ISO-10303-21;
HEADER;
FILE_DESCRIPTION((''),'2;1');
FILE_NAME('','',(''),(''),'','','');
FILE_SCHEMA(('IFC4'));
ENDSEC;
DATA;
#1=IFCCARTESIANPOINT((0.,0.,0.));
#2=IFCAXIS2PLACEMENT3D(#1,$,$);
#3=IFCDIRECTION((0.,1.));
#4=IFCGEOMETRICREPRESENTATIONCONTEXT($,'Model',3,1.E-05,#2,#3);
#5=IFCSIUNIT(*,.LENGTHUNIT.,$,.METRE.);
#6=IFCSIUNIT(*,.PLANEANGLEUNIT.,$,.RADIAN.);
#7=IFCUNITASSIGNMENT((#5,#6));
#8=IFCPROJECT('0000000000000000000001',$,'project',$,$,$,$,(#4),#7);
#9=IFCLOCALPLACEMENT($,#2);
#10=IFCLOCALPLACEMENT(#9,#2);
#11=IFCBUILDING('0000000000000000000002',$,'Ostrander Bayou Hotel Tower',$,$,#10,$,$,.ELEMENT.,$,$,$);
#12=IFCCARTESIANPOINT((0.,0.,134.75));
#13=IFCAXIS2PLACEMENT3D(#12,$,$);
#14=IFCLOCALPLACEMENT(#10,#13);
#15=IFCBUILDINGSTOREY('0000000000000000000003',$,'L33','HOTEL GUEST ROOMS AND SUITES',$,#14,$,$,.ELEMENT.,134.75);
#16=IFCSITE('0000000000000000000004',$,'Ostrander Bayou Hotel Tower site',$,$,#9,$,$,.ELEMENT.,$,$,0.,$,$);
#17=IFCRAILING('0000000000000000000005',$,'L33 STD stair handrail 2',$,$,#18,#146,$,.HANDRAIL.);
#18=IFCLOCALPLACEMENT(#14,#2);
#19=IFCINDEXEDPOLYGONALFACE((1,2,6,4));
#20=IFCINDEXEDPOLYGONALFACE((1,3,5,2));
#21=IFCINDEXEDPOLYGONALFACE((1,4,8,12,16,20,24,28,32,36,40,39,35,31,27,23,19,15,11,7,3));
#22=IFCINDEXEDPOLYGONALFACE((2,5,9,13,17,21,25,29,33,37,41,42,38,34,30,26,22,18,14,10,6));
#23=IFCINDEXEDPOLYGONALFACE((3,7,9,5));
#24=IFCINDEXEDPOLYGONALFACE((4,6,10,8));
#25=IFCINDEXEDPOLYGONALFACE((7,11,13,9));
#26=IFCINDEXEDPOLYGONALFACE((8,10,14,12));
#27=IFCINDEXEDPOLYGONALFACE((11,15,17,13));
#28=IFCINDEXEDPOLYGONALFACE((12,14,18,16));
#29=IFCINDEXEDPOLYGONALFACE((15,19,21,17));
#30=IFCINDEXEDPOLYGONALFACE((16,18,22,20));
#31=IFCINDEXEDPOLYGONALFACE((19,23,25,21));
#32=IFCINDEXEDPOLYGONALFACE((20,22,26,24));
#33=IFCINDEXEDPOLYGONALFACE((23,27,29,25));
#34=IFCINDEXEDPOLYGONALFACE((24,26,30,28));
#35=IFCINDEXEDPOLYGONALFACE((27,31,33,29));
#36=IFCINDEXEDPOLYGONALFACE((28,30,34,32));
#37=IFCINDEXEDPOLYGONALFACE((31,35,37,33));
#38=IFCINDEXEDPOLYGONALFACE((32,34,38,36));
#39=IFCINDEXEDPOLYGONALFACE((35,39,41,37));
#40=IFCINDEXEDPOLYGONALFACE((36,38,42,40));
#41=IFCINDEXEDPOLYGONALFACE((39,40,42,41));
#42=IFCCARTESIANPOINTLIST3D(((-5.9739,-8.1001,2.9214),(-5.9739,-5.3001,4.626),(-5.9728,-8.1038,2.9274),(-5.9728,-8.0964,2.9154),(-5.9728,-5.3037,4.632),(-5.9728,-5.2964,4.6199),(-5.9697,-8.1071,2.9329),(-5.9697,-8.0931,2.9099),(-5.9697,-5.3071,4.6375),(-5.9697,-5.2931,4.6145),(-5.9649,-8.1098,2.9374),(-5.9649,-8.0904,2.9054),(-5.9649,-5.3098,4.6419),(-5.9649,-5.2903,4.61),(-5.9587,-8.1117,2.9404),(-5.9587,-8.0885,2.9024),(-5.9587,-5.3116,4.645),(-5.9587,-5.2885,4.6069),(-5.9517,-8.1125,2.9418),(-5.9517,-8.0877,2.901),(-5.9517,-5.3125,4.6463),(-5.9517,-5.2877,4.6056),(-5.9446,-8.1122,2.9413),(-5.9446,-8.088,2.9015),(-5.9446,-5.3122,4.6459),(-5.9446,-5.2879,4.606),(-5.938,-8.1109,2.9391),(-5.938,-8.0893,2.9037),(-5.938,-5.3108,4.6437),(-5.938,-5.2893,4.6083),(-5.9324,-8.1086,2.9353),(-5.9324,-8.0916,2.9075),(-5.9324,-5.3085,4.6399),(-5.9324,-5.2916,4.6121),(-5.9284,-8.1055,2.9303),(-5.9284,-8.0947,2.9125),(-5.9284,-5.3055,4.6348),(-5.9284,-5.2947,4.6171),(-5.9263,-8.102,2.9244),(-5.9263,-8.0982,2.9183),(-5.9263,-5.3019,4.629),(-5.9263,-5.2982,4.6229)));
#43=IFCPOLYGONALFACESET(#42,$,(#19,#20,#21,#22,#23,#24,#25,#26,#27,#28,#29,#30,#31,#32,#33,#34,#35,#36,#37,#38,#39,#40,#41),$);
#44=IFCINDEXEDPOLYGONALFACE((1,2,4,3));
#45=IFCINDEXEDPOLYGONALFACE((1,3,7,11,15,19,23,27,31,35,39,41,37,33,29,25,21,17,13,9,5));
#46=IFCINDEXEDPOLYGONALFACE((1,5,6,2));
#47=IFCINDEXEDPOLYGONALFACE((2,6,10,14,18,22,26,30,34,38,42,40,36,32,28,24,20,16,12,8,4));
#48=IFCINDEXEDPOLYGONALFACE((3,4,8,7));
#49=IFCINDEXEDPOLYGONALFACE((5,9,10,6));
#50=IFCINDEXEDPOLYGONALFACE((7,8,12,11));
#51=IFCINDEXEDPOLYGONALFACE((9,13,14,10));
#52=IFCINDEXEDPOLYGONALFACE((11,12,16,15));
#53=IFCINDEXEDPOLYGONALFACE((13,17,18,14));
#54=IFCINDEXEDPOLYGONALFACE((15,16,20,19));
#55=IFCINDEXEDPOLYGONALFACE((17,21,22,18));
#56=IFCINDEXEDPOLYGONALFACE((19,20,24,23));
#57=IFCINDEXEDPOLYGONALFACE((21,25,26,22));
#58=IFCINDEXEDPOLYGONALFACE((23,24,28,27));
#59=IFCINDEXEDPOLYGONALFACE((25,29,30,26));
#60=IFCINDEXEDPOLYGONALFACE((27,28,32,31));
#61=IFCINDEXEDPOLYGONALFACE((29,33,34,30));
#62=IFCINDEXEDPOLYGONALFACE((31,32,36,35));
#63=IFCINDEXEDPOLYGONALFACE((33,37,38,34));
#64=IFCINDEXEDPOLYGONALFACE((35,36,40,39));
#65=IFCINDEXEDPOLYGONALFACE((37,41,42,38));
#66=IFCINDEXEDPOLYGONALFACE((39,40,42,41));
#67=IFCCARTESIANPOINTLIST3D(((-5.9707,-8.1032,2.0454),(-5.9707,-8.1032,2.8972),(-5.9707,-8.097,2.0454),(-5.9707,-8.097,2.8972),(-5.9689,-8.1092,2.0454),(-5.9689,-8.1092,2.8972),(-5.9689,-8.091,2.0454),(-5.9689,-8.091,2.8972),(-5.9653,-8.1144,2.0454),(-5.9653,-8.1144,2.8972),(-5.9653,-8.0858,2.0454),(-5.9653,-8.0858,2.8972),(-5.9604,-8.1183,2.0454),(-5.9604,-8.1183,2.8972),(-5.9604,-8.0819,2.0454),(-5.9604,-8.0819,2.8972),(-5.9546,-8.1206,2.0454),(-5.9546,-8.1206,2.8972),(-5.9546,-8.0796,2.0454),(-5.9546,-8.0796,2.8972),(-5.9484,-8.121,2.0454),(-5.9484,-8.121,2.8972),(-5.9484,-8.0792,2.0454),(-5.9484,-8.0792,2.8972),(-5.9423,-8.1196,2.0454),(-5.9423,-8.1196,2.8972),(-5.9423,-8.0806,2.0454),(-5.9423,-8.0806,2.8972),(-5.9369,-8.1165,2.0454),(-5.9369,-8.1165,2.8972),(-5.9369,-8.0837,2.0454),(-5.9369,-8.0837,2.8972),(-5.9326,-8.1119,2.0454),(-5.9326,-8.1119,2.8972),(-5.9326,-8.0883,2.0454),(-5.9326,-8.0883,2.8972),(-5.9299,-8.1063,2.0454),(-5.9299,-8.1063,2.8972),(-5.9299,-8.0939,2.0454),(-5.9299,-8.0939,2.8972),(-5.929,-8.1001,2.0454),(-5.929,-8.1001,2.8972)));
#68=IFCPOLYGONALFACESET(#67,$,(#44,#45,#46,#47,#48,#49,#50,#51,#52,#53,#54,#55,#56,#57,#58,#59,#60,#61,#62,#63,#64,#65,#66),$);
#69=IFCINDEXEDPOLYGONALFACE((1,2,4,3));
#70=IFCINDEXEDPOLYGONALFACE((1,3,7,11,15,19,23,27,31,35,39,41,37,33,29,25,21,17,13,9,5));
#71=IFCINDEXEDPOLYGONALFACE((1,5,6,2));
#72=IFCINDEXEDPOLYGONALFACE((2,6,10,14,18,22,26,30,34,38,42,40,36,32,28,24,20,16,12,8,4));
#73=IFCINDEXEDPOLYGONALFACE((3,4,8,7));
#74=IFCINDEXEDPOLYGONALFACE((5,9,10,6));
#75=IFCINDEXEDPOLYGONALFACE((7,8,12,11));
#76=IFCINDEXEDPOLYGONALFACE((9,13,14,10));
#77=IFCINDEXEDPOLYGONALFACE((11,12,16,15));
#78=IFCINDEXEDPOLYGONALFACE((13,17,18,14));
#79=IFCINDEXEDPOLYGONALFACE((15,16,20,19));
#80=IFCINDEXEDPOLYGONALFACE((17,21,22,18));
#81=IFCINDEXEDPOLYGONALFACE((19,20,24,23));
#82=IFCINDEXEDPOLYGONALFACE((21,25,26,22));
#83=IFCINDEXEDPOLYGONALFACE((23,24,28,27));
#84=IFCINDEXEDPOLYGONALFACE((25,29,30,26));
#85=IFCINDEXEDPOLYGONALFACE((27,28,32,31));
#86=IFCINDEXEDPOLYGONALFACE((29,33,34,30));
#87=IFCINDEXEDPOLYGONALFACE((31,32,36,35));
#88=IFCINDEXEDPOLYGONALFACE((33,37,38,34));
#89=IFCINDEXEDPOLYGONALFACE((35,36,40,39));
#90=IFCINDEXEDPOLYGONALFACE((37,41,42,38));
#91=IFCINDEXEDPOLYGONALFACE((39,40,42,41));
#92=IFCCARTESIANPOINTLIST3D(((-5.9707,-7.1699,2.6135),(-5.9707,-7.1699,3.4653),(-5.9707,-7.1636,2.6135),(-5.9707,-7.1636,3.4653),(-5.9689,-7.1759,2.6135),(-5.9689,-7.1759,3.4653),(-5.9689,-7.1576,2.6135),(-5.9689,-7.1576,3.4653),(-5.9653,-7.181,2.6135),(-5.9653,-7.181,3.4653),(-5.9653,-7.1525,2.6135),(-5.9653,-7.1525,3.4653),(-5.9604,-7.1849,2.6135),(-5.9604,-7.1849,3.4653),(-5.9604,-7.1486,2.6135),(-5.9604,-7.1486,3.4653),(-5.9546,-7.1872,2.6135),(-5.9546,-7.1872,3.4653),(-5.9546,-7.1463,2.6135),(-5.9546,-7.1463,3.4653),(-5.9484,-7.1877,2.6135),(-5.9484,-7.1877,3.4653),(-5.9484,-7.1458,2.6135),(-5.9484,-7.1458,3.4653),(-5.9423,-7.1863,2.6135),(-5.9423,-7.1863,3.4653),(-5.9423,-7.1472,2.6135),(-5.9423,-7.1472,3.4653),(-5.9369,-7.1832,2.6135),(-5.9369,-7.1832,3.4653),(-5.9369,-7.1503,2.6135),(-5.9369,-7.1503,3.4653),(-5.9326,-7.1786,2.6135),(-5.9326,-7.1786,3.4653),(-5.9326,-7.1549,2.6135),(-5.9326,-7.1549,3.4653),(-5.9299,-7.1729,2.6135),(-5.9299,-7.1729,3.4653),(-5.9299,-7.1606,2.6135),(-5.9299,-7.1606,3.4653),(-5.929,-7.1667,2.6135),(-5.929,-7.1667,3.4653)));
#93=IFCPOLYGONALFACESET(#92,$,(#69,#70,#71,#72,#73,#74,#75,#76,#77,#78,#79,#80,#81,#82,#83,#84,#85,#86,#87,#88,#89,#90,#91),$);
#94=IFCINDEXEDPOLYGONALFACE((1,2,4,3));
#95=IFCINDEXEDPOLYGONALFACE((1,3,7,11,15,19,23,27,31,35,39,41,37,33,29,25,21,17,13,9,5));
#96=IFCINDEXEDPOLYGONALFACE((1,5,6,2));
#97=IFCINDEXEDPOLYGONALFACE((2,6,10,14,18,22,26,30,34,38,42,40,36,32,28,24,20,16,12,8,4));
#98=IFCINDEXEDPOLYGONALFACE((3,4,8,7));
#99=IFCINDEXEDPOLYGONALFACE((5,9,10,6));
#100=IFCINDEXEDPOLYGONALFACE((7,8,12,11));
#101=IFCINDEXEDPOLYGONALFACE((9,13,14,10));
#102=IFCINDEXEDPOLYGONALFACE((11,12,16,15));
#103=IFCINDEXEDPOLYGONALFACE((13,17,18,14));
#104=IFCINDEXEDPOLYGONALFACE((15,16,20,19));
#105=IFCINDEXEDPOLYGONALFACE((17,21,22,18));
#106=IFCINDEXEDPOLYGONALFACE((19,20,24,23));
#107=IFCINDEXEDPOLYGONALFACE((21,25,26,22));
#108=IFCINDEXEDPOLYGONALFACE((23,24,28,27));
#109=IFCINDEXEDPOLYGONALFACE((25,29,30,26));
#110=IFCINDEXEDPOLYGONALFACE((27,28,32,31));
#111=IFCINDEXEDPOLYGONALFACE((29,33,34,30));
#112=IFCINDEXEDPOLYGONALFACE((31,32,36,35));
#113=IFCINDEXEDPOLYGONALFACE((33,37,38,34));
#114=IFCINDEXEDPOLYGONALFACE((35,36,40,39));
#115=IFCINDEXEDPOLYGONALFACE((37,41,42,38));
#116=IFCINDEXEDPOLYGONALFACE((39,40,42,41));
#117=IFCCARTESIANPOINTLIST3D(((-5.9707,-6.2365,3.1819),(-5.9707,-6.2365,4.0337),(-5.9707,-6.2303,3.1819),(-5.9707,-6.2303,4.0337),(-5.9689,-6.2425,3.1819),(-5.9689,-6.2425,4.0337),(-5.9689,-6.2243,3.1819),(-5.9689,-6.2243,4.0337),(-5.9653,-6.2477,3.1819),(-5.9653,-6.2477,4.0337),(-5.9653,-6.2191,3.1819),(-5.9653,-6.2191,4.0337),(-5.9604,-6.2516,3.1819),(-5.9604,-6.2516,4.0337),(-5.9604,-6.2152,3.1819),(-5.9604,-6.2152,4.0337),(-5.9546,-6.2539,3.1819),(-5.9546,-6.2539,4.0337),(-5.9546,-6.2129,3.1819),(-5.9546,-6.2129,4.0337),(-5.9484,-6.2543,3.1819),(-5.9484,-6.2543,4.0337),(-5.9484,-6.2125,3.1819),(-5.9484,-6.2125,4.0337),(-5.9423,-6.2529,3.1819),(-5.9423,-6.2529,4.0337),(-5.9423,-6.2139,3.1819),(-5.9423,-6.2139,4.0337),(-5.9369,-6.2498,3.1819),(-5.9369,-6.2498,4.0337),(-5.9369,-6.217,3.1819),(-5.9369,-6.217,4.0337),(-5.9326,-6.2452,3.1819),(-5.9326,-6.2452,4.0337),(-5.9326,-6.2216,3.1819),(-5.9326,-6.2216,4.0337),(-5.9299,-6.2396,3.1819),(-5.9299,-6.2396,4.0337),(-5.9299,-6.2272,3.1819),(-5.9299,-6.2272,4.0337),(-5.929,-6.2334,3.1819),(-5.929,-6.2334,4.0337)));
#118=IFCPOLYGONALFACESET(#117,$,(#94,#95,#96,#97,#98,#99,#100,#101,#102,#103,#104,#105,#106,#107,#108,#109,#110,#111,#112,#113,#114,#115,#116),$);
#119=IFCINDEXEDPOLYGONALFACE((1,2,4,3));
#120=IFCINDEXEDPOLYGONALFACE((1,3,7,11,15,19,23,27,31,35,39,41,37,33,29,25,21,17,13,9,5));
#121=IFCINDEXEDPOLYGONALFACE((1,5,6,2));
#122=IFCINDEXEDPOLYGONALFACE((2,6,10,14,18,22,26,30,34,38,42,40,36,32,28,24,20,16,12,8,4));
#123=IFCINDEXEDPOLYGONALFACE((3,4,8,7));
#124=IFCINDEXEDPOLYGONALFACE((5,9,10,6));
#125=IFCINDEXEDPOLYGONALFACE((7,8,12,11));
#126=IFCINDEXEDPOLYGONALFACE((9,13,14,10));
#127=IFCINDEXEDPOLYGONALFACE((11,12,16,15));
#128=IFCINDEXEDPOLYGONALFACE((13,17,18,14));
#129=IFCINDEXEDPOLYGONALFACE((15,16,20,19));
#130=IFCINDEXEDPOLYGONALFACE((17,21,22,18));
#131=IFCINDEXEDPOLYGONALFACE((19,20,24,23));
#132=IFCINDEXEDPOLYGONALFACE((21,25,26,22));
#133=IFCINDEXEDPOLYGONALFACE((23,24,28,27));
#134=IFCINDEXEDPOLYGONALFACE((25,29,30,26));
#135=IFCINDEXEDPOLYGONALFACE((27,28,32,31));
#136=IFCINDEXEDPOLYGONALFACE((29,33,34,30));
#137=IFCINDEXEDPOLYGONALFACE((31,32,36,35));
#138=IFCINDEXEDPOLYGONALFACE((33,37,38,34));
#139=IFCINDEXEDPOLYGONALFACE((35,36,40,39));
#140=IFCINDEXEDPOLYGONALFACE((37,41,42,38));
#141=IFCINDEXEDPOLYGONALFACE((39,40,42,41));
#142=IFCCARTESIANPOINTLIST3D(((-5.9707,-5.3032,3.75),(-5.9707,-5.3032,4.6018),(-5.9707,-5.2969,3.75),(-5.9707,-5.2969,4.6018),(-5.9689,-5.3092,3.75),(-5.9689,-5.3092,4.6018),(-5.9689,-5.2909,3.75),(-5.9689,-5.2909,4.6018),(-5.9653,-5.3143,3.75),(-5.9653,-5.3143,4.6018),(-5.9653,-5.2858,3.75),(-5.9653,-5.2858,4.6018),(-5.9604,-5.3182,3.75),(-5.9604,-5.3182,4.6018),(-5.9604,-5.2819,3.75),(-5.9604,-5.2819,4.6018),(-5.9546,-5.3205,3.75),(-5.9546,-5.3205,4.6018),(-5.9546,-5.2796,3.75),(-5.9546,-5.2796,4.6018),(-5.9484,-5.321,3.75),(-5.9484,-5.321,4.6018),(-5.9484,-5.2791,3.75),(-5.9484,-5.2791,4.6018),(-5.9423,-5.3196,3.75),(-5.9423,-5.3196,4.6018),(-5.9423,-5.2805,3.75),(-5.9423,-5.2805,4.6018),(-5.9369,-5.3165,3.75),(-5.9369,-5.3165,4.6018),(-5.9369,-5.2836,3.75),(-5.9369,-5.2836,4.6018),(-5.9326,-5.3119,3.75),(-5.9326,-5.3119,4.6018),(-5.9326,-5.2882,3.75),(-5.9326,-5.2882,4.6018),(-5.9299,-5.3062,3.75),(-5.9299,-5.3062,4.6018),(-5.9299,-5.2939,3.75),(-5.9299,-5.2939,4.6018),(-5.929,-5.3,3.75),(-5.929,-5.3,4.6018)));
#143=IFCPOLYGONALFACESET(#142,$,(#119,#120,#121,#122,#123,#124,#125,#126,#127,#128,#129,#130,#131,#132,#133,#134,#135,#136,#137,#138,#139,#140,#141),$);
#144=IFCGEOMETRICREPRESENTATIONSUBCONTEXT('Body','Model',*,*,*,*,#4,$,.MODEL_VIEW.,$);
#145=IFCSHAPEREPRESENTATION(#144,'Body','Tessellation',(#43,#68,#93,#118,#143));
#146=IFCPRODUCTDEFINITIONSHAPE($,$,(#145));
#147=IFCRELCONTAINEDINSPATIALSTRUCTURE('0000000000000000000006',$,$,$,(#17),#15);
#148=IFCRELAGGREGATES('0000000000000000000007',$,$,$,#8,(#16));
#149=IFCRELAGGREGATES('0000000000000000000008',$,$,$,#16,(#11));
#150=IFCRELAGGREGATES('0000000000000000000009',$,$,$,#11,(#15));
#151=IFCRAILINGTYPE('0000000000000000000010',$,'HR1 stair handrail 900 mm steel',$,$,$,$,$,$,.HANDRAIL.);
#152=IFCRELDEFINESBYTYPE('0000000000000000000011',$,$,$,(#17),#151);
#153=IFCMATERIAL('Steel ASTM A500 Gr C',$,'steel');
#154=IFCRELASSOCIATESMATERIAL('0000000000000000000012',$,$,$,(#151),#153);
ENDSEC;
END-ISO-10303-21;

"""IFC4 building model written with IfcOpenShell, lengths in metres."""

from ifc_helpers import new_model, si_unit, direction, frame, origin, origin_2d, place, context, subcontext, project, spatial, circle, extrude, material, type_object, element, save


model = new_model("IFC4")

# Units and contexts
model_context = context("Model", 3, precision=1e-05, world=origin(), true_north=direction((0.0, 1.0)))
body_context = subcontext(model_context, "Body", "Model", "MODEL_VIEW")
ifc_project = project(units=[si_unit("LENGTHUNIT", "METRE"), si_unit("PLANEANGLEUNIT", "RADIAN")], contexts=[model_context])

# Site, building, storey
site_placement = place(None, origin())
site = spatial("IfcSite", under=ifc_project, at=site_placement, Name="Ostrander Bayou Hotel Tower site", CompositionType="ELEMENT", RefElevation=0.0)
building_placement = place(site_placement, origin())
building = spatial("IfcBuilding", under=site, at=building_placement, Name="Ostrander Bayou Hotel Tower", CompositionType="ELEMENT")
storey_placement = place(building_placement, frame((0.0, 0.0, 134.75)))
storey = spatial("IfcBuildingStorey", under=building, at=storey_placement, Name="L33", Description="HOTEL GUEST ROOMS AND SUITES", CompositionType="ELEMENT", Elevation=134.75)

# Railing
ifc_material_1 = material(Name="Steel ASTM A500 Gr C", Category="steel")
railing_type_1 = type_object("IfcRailingType", Name="HR1 stair handrail 900 mm steel", PredefinedType="HANDRAIL", material=ifc_material_1)
railing_1_placement = place(storey_placement, frame((-5.95, -8.1001, 2.0454)))
element("IfcRailing", 1, at=railing_1_placement, inside=storey, type_object=railing_type_1, Name="L33 STD stair handrail 2", PredefinedType="HANDRAIL", context=body_context, shape_type="SweptSolid", body=[
    extrude(circle(Radius=0.0239, at=origin_2d()), frame((0.0, 0.0, 0.876), z_axis=(0.0, 0.85417, 0.519994), x_axis=(-1.0, 0.0, 0.0)), (0.0, 0.0, 1.0), 3.2781),
    extrude(circle(Radius=0.021, at=origin_2d()), origin(), (0.0, 0.0, 1.0), 0.8518),
    extrude(circle(Radius=0.021, at=origin_2d()), frame((0.0, 0.9333, 0.5681)), (0.0, 0.0, 1.0), 0.8518),
    extrude(circle(Radius=0.021, at=origin_2d()), frame((0.0, 1.8667, 1.1365)), (0.0, 0.0, 1.0), 0.8518),
    extrude(circle(Radius=0.021, at=origin_2d()), frame((0.0, 2.8, 1.7046)), (0.0, 0.0, 1.0), 0.8518),
])

save(model, "model.ifc")
